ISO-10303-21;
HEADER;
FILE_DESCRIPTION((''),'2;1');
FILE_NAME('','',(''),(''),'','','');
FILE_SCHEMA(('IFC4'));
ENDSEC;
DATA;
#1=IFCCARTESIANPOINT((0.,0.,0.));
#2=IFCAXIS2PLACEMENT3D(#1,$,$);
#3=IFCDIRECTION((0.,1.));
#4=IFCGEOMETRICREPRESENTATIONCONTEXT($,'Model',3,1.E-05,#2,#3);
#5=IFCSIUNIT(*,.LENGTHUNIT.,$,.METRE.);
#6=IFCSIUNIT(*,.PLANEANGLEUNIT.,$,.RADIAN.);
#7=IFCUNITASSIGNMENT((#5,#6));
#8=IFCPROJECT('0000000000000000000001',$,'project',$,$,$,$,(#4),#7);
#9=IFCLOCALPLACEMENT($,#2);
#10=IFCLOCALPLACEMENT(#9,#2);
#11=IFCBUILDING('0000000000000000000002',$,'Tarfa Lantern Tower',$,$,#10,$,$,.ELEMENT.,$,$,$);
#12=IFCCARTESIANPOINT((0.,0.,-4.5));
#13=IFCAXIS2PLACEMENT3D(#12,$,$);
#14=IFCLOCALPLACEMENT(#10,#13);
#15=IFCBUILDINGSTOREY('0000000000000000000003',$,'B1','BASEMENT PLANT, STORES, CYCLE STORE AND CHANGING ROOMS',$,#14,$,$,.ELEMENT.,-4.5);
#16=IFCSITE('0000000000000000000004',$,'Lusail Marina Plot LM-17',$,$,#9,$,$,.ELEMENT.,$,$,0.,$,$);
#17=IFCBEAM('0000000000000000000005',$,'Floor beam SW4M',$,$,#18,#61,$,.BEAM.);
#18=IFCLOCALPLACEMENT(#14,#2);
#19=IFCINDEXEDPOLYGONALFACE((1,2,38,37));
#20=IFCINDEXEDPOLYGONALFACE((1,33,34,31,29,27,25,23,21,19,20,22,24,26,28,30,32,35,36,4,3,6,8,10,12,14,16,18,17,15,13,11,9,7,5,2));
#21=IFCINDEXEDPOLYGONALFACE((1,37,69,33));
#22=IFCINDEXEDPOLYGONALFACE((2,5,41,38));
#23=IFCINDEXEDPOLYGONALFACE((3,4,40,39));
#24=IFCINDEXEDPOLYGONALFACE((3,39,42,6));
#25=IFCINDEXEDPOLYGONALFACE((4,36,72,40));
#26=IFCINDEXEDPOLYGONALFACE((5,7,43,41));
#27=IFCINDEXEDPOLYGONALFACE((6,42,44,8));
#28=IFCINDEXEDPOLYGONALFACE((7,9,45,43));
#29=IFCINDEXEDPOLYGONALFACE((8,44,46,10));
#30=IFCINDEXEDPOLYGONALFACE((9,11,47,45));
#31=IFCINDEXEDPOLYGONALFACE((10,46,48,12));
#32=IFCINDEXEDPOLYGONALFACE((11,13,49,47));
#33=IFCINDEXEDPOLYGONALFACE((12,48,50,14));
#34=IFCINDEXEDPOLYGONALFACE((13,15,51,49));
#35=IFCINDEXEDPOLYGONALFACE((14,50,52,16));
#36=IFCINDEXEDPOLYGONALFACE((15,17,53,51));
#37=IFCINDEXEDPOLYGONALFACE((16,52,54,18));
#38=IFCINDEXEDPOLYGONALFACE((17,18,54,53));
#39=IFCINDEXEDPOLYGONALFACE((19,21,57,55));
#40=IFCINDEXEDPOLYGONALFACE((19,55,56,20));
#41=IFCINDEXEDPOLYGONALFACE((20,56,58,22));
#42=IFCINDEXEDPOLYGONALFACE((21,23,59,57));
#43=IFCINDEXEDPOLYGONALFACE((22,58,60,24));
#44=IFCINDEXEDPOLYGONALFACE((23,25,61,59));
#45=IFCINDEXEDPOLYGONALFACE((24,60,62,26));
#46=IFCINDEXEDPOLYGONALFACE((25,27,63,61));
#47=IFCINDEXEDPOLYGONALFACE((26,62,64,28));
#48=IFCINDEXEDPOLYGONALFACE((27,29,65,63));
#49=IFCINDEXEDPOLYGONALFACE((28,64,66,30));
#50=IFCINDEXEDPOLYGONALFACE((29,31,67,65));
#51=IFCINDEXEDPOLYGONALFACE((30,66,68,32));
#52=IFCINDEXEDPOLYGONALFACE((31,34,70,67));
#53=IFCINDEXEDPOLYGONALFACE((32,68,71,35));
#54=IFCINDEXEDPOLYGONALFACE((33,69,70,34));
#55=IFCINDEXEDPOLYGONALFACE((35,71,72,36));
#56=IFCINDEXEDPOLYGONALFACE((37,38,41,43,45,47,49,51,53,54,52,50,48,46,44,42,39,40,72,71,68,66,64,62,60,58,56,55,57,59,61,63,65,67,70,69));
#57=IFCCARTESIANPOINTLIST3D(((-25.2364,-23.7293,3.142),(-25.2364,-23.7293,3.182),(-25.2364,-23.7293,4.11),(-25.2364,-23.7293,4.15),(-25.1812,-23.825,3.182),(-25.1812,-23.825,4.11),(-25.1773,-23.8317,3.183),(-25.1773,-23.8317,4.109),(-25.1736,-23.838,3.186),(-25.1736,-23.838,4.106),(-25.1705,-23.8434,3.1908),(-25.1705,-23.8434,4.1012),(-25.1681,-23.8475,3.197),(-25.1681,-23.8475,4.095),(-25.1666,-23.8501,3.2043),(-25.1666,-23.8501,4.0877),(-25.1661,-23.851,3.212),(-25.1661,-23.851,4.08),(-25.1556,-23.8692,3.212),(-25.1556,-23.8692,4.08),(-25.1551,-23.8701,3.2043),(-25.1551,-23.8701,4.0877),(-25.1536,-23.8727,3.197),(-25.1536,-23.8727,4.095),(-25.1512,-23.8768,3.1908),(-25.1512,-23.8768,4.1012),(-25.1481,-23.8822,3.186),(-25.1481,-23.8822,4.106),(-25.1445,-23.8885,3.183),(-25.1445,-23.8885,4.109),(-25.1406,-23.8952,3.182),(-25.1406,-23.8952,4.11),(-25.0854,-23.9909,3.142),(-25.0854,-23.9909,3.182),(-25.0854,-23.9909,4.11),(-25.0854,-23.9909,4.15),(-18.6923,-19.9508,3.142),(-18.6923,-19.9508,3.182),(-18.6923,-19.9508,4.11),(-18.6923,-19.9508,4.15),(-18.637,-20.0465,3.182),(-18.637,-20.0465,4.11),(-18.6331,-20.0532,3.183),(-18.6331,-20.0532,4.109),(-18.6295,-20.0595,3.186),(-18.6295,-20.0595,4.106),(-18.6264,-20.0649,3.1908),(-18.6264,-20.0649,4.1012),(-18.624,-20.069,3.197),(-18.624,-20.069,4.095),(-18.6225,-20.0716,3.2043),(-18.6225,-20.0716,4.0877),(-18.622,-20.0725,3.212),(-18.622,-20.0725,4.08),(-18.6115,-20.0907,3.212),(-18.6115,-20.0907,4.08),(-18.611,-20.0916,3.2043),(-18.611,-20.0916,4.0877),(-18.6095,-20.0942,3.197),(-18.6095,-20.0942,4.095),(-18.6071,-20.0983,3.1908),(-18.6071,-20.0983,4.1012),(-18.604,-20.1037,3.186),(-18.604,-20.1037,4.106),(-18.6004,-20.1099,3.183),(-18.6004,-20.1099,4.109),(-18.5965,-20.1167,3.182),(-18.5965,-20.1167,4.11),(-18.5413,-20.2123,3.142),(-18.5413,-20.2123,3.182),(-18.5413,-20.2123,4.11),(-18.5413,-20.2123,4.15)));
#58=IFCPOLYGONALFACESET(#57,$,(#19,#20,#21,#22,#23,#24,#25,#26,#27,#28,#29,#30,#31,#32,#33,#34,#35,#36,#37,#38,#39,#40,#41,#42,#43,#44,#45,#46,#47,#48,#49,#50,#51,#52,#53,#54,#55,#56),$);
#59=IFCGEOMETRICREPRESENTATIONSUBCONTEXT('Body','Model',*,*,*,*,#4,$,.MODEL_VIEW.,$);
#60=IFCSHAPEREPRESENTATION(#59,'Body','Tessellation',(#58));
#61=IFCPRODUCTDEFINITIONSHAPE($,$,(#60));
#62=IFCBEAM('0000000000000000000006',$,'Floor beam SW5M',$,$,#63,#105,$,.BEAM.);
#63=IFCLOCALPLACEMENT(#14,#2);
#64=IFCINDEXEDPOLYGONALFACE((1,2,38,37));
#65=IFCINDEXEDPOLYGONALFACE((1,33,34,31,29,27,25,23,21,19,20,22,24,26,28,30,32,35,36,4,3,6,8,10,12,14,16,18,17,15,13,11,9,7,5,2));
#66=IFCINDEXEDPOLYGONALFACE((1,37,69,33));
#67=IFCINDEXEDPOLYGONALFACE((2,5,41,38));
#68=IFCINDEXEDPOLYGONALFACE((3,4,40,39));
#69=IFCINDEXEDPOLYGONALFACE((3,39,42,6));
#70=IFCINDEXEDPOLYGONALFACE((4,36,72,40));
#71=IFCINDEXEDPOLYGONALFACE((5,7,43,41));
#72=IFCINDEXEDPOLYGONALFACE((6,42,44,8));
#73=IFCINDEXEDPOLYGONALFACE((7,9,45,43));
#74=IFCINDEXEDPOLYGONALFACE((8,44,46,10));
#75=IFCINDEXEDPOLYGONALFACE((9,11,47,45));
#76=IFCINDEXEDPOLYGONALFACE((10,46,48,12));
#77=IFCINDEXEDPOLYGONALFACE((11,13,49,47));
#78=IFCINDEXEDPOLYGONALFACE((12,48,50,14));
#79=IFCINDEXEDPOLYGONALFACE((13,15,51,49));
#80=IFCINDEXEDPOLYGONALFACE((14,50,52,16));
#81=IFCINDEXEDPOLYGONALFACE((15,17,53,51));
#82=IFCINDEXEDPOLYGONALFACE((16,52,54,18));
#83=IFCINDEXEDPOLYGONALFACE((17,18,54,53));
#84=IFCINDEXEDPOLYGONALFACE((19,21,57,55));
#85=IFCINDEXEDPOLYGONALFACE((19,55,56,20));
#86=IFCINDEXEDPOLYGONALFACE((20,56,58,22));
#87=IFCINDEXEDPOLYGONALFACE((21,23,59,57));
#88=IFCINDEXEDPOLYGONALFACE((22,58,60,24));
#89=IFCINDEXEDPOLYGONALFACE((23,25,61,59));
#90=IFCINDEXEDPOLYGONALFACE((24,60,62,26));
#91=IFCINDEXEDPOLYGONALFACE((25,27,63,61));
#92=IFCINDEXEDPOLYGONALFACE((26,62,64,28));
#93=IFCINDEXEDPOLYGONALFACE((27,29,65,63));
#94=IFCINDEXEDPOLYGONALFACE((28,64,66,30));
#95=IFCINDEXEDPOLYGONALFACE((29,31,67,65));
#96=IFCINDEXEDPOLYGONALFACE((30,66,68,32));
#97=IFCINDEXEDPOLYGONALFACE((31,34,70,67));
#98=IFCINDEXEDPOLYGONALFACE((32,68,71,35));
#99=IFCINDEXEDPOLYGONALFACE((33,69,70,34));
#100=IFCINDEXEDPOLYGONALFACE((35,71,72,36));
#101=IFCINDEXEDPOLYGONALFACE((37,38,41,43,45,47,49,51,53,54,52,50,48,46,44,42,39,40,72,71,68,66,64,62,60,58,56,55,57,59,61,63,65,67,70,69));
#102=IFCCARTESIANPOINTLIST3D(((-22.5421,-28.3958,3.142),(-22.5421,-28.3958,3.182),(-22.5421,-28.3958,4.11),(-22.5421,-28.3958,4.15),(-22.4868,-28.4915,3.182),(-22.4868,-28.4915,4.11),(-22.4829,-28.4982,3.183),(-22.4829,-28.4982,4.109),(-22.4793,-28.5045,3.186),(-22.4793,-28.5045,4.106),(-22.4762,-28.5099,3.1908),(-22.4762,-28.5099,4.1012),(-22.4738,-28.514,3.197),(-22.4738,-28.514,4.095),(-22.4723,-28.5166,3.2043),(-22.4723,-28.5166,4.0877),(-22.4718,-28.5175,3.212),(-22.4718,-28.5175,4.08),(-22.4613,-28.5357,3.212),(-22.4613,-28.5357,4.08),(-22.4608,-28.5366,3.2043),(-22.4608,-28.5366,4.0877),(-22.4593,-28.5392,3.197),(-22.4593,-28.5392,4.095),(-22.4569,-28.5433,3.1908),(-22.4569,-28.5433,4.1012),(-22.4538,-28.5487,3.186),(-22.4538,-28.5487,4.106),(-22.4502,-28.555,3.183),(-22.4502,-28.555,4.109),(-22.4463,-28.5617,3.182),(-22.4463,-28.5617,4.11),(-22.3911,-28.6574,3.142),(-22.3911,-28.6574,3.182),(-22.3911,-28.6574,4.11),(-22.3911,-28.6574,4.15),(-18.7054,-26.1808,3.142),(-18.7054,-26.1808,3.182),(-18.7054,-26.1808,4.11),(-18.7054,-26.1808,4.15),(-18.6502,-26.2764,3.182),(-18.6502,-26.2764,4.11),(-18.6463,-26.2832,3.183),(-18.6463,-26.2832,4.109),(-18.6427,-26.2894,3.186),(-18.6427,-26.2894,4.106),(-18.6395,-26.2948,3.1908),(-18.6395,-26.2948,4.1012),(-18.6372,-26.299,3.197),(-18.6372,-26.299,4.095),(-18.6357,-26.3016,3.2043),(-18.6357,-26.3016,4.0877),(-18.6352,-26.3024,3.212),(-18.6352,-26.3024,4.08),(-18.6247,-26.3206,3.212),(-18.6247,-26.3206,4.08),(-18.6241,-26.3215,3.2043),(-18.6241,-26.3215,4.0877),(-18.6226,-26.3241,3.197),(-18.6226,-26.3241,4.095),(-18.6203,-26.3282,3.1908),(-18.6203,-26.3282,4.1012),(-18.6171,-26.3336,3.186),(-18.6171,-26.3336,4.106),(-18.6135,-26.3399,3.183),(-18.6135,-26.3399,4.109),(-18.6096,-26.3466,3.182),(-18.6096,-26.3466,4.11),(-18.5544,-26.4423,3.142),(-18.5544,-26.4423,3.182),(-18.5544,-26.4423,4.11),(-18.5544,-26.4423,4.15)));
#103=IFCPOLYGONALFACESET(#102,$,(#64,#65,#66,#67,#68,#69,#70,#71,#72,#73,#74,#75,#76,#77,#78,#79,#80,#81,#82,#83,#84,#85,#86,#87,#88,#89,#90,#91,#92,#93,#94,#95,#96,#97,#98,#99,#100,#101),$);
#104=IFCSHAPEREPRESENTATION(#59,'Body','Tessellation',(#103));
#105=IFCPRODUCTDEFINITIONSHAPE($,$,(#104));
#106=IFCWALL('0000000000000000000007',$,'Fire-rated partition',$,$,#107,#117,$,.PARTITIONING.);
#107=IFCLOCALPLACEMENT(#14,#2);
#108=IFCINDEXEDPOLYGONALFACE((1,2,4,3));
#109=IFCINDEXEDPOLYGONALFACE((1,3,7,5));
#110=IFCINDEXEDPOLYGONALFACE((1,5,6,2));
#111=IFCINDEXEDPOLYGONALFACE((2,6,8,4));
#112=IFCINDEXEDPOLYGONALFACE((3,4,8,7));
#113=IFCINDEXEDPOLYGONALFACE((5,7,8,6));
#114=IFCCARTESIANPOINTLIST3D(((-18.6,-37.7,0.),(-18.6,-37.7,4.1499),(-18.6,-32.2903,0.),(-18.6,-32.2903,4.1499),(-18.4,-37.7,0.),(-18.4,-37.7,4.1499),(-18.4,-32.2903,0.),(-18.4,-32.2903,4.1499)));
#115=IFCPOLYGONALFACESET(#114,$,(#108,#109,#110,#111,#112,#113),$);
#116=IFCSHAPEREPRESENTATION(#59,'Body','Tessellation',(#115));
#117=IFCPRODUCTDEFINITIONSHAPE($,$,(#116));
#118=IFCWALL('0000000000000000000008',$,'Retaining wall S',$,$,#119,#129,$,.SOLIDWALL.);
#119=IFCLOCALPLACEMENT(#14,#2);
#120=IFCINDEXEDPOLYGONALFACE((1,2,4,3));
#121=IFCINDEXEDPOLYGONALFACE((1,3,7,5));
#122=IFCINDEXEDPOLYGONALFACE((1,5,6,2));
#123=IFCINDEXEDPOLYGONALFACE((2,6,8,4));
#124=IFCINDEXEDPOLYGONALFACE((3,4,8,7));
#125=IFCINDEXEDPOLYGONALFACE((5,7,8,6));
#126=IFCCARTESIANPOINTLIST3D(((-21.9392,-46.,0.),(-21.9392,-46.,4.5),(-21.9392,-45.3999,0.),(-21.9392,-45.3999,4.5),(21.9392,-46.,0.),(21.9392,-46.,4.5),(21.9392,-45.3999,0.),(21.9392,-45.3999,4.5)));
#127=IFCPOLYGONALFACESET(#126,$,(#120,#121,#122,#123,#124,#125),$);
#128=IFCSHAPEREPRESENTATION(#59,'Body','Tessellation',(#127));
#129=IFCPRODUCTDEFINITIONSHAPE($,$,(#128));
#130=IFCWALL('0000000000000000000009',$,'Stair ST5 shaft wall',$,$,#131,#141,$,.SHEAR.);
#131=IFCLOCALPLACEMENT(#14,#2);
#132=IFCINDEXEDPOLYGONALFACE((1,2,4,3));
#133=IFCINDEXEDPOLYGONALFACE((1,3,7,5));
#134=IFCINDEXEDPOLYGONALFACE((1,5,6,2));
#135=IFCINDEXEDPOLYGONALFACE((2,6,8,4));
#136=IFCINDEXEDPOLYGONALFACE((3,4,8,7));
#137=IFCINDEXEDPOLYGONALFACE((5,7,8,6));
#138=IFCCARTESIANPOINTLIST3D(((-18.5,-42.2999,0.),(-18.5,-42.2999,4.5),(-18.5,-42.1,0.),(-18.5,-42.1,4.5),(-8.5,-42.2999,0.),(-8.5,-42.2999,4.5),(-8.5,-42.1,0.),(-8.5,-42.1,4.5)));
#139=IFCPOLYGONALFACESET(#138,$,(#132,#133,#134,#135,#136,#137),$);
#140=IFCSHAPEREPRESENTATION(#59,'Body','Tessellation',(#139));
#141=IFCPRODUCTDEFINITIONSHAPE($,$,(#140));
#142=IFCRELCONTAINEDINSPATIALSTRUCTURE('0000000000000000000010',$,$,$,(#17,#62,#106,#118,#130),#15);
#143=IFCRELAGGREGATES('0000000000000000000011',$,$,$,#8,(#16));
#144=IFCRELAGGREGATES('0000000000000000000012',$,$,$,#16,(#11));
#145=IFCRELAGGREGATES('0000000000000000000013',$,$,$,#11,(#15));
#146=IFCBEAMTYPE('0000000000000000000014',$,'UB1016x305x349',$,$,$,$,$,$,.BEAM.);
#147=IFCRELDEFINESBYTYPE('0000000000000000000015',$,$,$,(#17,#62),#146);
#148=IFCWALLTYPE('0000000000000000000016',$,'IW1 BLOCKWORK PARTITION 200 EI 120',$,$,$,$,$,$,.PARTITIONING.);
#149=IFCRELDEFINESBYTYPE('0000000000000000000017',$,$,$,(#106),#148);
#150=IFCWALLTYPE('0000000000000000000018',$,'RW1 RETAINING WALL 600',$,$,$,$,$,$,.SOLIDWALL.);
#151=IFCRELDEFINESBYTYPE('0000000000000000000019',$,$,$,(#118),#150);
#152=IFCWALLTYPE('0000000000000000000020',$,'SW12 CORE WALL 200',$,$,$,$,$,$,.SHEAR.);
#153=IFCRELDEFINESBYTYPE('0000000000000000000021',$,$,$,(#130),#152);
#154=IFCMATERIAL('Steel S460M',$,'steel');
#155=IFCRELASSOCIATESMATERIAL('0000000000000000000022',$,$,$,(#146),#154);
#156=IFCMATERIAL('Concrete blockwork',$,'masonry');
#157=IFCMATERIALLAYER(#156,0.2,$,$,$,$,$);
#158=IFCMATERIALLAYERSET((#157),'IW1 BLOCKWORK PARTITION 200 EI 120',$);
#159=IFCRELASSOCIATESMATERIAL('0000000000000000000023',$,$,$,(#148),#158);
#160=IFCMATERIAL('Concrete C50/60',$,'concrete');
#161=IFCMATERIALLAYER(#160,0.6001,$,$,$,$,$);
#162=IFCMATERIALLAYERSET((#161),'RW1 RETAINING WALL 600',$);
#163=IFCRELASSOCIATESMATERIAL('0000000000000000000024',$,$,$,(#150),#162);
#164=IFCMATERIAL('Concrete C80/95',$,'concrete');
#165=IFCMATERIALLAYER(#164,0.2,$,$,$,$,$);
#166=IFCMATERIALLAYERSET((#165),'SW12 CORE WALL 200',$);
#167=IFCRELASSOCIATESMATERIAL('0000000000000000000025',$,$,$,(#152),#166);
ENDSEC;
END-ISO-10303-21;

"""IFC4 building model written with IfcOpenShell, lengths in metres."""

from ifc_helpers import new_model, si_unit, direction, frame, frame_2d, origin, origin_2d, place, context, subcontext, project, spatial, rectangle, i_section, extrude, material, layer, layer_set, material_profile, profile_set, type_object, element, save


model = new_model("IFC4")

# Units and contexts
model_context = context("Model", 3, precision=1e-05, world=origin(), true_north=direction((0.0, 1.0)))
body_context = subcontext(model_context, "Body", "Model", "MODEL_VIEW")
ifc_project = project(units=[si_unit("LENGTHUNIT", "METRE"), si_unit("PLANEANGLEUNIT", "RADIAN")], contexts=[model_context])

# Site, building, storey
site_placement = place(None, origin())
site = spatial("IfcSite", under=ifc_project, at=site_placement, Name="Lusail Marina Plot LM-17", CompositionType="ELEMENT", RefElevation=0.0)
building_placement = place(site_placement, origin())
building = spatial("IfcBuilding", under=site, at=building_placement, Name="Tarfa Lantern Tower", CompositionType="ELEMENT")
storey_placement = place(building_placement, frame((0.0, 0.0, -4.5)))
storey = spatial("IfcBuildingStorey", under=building, at=storey_placement, Name="B1", Description="BASEMENT PLANT, STORES, CYCLE STORE AND CHANGING ROOMS", CompositionType="ELEMENT", Elevation=-4.5)

# Shared definitions
ifc_material_1 = material(Name="Concrete C80/95", Category="concrete")

# Beams
ifc_material_2 = material(Name="Steel S460M", Category="steel")
ifc_material_profile_1 = material_profile(ifc_material_2, i_section(OverallWidth=0.302, OverallDepth=1.0081, WebThickness=0.021, FlangeThickness=0.04, FilletRadius=0.03, at=origin_2d()), Name="UB1016x305x349")
ifc_profile_set_1 = profile_set([ifc_material_profile_1], Name="Steel S460M")
beam_type_1 = type_object("IfcBeamType", Name="UB1016x305x349", PredefinedType="BEAM", material=ifc_profile_set_1)
beam_1_placement = place(storey_placement, frame((-25.1609, -23.8601, 3.646), z_axis=(0.86601, 0.500027, 0.0), x_axis=(-0.500027, 0.86601, 0.0)))
element("IfcBeam", 1, at=beam_1_placement, inside=storey, type_object=beam_type_1, Name="Floor beam SW4M", PredefinedType="BEAM", context=body_context, shape_type="SweptSolid", body=[
    extrude(i_section(OverallWidth=0.302, OverallDepth=1.0081, WebThickness=0.021, FlangeThickness=0.04, FilletRadius=0.03, at=origin_2d()), origin(), (0.0, 0.0, 1.0), 7.5566),
])
beam_2_placement = place(storey_placement, frame((-22.4666, -28.5266, 3.646), z_axis=(0.866027, 0.499998, 0.0), x_axis=(-0.499998, 0.866027, 0.0)))
element("IfcBeam", 2, at=beam_2_placement, inside=storey, type_object=beam_type_1, Name="Floor beam SW5M", PredefinedType="BEAM", context=body_context, shape_type="SweptSolid", body=[
    extrude(i_section(OverallWidth=0.302, OverallDepth=1.0081, WebThickness=0.021, FlangeThickness=0.04, FilletRadius=0.03, at=origin_2d()), origin(), (0.0, 0.0, 1.0), 4.4302),
])

# Walls
ifc_material_3 = material(Name="Concrete blockwork", Category="masonry")
ifc_layer_1 = layer(ifc_material_3, 0.2)
ifc_layer_set_1 = layer_set([ifc_layer_1], Name="IW1 BLOCKWORK PARTITION 200 EI 120")
wall_type_1 = type_object("IfcWallType", Name="IW1 BLOCKWORK PARTITION 200 EI 120", PredefinedType="PARTITIONING", material=ifc_layer_set_1)
wall_1_placement = place(storey_placement, frame((-18.5, -32.2903, 0.0), z_axis=(0.0, 0.0, 1.0), x_axis=(0.0, -1.0, 0.0)))
element("IfcWall", 3, at=wall_1_placement, inside=storey, type_object=wall_type_1, Name="Fire-rated partition", PredefinedType="PARTITIONING", context=body_context, shape_type="SweptSolid", body=[
    extrude(rectangle(XDim=5.4097, YDim=0.2, at=frame_2d((2.7048, 0.0))), origin(), (0.0, 0.0, 1.0), 4.1499),
])
ifc_material_4 = material(Name="Concrete C50/60", Category="concrete")
ifc_layer_2 = layer(ifc_material_4, 0.6001)
ifc_layer_set_2 = layer_set([ifc_layer_2], Name="RW1 RETAINING WALL 600")
wall_type_2 = type_object("IfcWallType", Name="RW1 RETAINING WALL 600", PredefinedType="SOLIDWALL", material=ifc_layer_set_2)
wall_2_placement = place(storey_placement, frame((-21.9392, -45.7, 0.0), z_axis=(0.0, 0.0, 1.0), x_axis=(1.0, 0.0, 0.0)))
element("IfcWall", 4, at=wall_2_placement, inside=storey, type_object=wall_type_2, Name="Retaining wall S", PredefinedType="SOLIDWALL", context=body_context, shape_type="SweptSolid", body=[
    extrude(rectangle(XDim=43.8784, YDim=0.6001, at=frame_2d((21.9392, 0.0))), origin(), (0.0, 0.0, 1.0), 4.5),
])
ifc_layer_3 = layer(ifc_material_1, 0.2)
ifc_layer_set_3 = layer_set([ifc_layer_3], Name="SW12 CORE WALL 200")
wall_type_3 = type_object("IfcWallType", Name="SW12 CORE WALL 200", PredefinedType="SHEAR", material=ifc_layer_set_3)
wall_3_placement = place(storey_placement, frame((-18.5, -42.2, 0.0), z_axis=(0.0, 0.0, 1.0), x_axis=(1.0, 0.0, 0.0)))
element("IfcWall", 5, at=wall_3_placement, inside=storey, type_object=wall_type_3, Name="Stair ST5 shaft wall", PredefinedType="SHEAR", context=body_context, shape_type="SweptSolid", body=[
    extrude(rectangle(XDim=10.0, YDim=0.2, at=frame_2d((5.0, 0.0))), origin(), (0.0, 0.0, 1.0), 4.5),
])

save(model, "model.ifc")
